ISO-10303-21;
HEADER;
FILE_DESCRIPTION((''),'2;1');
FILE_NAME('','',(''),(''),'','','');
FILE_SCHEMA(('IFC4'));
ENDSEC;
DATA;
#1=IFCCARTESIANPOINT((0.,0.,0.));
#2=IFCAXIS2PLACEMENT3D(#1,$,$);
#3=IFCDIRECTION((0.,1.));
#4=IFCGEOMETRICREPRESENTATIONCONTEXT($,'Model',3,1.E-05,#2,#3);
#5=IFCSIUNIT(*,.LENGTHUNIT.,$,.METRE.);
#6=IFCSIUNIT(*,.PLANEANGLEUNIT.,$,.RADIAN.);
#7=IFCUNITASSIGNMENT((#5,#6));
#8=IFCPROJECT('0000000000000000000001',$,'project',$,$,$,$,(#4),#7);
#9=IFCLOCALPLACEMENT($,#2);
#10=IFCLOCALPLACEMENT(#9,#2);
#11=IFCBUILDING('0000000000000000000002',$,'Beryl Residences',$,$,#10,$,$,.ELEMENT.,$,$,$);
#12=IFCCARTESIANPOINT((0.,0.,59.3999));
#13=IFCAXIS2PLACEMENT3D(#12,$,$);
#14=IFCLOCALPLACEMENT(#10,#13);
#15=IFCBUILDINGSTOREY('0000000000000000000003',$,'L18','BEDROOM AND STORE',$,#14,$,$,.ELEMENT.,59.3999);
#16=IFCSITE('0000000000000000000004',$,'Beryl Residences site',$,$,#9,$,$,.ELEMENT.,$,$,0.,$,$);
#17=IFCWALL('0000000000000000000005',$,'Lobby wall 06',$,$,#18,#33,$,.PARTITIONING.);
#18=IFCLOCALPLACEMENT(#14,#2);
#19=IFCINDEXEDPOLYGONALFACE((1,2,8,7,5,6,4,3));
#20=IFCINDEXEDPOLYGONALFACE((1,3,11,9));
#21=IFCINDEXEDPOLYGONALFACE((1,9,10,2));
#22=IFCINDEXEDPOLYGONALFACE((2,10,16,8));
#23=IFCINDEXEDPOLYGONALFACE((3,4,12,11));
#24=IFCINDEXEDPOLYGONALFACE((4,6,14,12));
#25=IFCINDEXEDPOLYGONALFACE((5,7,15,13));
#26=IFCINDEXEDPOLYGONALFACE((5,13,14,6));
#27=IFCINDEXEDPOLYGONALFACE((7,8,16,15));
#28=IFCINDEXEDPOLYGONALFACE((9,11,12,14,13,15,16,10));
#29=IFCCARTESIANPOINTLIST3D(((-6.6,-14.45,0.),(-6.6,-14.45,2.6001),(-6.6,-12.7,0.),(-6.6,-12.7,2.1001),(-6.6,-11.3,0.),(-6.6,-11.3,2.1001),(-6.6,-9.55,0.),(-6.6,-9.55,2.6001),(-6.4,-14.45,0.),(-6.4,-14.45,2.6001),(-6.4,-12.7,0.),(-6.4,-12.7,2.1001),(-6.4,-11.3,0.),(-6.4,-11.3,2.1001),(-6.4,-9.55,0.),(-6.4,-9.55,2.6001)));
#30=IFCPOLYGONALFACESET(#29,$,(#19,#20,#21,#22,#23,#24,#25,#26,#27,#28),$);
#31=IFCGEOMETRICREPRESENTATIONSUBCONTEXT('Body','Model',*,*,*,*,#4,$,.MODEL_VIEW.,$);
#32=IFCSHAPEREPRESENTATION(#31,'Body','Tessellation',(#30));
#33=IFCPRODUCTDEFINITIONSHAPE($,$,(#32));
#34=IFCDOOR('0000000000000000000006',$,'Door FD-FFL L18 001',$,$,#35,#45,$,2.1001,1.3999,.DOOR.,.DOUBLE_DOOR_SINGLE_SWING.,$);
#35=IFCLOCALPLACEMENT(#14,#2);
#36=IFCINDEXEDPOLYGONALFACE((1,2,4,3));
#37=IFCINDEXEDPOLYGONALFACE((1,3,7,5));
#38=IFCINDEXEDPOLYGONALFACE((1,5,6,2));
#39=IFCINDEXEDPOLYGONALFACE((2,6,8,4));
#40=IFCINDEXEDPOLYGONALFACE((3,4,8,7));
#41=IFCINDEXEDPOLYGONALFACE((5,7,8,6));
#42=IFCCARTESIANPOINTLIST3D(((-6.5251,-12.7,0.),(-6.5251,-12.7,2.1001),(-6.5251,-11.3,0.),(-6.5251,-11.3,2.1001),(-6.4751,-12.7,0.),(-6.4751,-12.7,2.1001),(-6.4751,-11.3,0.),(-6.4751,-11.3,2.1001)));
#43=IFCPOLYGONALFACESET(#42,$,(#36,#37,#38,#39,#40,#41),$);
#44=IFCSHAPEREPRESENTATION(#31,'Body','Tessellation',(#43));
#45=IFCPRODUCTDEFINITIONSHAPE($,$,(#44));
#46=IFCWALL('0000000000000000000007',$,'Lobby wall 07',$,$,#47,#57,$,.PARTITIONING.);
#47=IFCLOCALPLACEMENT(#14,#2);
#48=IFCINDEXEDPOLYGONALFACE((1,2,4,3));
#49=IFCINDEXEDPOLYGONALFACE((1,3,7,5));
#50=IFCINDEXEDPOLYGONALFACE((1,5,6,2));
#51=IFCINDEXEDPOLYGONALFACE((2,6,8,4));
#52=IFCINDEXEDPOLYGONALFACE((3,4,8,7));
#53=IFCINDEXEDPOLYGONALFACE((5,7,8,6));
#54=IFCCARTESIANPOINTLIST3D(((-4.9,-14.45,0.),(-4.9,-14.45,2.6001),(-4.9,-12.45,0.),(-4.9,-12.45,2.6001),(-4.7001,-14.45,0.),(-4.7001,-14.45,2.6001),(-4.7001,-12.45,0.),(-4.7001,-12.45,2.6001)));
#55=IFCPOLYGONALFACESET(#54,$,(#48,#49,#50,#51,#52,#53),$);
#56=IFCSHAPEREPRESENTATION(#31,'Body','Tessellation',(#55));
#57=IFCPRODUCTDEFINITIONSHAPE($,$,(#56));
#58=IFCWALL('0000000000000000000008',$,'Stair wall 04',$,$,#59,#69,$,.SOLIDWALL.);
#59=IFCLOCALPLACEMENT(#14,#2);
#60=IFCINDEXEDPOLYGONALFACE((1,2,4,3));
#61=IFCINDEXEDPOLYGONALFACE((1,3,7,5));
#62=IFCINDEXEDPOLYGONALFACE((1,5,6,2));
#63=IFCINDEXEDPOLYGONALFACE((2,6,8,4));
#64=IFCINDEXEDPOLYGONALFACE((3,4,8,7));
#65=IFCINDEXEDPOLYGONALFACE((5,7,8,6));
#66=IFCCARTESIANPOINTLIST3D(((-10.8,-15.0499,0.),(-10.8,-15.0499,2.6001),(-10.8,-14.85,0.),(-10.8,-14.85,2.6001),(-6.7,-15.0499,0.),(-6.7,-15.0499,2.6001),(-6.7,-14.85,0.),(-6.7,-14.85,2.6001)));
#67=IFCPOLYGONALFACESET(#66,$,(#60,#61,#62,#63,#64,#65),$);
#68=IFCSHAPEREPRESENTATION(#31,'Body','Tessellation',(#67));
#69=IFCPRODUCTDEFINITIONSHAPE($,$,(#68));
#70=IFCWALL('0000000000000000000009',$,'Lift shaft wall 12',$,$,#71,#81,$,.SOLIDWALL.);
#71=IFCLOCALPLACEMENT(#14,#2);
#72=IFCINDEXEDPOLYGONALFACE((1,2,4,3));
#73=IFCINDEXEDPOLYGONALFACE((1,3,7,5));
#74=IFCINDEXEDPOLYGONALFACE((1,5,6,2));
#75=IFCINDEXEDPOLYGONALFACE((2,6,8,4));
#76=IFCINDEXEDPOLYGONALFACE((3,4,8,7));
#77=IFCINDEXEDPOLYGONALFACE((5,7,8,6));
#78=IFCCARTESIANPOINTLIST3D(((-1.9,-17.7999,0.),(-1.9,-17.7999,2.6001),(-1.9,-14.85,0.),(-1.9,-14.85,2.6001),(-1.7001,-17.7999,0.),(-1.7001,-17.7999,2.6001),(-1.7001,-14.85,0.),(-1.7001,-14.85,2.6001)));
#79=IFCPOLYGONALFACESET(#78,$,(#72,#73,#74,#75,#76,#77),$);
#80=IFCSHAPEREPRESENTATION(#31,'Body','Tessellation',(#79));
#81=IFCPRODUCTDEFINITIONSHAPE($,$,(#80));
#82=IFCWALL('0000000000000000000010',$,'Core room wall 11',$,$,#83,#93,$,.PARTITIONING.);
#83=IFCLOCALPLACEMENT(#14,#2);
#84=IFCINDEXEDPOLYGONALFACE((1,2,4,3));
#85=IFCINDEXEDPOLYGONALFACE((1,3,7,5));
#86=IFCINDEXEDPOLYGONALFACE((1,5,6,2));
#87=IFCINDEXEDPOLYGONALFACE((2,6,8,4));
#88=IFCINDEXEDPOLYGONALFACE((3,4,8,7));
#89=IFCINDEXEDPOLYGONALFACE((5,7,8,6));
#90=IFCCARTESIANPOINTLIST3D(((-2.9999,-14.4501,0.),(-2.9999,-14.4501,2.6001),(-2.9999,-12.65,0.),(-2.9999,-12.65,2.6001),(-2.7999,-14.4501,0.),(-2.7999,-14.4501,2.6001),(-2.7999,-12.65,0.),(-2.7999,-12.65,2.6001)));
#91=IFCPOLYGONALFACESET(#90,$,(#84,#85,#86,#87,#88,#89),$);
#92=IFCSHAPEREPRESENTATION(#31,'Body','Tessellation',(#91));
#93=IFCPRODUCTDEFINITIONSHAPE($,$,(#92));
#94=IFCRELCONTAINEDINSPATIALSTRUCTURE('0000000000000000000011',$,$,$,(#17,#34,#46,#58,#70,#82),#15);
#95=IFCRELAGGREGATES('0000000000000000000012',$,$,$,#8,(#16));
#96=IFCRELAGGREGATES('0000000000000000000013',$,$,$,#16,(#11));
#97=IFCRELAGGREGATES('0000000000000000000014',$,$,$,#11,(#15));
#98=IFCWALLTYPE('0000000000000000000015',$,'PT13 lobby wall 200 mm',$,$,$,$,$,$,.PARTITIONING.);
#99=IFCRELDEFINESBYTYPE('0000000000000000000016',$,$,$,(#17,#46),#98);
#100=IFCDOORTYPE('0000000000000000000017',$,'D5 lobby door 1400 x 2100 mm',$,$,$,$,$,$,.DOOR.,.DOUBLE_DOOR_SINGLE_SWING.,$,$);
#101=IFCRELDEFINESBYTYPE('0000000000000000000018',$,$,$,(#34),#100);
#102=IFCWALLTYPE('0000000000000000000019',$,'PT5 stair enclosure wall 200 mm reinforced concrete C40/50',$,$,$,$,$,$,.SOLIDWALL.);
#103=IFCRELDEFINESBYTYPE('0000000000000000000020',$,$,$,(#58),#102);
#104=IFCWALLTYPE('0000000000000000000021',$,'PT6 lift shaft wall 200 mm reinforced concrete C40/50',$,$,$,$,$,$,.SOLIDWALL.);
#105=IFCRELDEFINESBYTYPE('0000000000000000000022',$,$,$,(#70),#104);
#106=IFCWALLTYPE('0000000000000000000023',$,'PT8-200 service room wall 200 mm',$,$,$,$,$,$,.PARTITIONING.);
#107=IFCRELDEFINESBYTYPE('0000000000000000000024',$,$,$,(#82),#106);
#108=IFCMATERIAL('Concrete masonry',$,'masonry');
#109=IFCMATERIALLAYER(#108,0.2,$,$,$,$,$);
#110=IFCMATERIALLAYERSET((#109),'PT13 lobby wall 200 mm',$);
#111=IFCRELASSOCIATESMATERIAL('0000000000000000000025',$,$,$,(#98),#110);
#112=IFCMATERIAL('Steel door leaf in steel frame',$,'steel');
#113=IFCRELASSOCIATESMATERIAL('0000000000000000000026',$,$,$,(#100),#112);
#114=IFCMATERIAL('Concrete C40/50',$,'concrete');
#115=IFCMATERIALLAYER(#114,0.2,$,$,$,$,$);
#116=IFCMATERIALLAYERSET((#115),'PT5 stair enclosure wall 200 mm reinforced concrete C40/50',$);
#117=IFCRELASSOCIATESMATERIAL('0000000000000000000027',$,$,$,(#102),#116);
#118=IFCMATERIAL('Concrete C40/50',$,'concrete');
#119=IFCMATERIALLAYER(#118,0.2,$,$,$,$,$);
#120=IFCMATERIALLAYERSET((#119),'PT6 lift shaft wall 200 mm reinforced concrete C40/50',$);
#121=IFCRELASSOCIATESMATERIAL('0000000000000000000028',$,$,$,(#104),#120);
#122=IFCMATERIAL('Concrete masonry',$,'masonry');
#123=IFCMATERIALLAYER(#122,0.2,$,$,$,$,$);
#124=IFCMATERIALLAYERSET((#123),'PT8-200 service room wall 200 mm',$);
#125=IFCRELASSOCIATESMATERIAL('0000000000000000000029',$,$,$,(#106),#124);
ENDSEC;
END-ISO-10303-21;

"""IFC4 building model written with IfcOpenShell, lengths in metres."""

from ifc_helpers import new_model, si_unit, direction, frame, frame_2d, origin, place, context, subcontext, project, spatial, rectangle, extrude, material, layer, layer_set, type_object, element, fill, save


model = new_model("IFC4")

# Units and contexts
model_context = context("Model", 3, precision=1e-05, world=origin(), true_north=direction((0.0, 1.0)))
body_context = subcontext(model_context, "Body", "Model", "MODEL_VIEW")
ifc_project = project(units=[si_unit("LENGTHUNIT", "METRE"), si_unit("PLANEANGLEUNIT", "RADIAN")], contexts=[model_context])

# Site, building, storey
site_placement = place(None, origin())
site = spatial("IfcSite", under=ifc_project, at=site_placement, Name="Beryl Residences site", CompositionType="ELEMENT", RefElevation=0.0)
building_placement = place(site_placement, origin())
building = spatial("IfcBuilding", under=site, at=building_placement, Name="Beryl Residences", CompositionType="ELEMENT")
storey_placement = place(building_placement, frame((0.0, 0.0, 59.3999)))
storey = spatial("IfcBuildingStorey", under=building, at=storey_placement, Name="L18", Description="BEDROOM AND STORE", CompositionType="ELEMENT", Elevation=59.3999)

# Wall, opening, door
ifc_material_1 = material(Name="Concrete masonry", Category="masonry")
ifc_layer_1 = layer(ifc_material_1, 0.2)
ifc_layer_set_1 = layer_set([ifc_layer_1], Name="PT13 lobby wall 200 mm")
wall_type_1 = type_object("IfcWallType", Name="PT13 lobby wall 200 mm", PredefinedType="PARTITIONING", material=ifc_layer_set_1)
wall_1_placement = place(storey_placement, frame((-6.5, -14.45, 0.0), z_axis=(0.0, 0.0, 1.0), x_axis=(0.0, 1.0, 0.0)))
wall_1 = element("IfcWall", 1, at=wall_1_placement, inside=storey, type_object=wall_type_1, Name="Lobby wall 06", PredefinedType="PARTITIONING", context=body_context, shape_type="SweptSolid", body=[
    extrude(rectangle(XDim=4.8999, YDim=0.2, at=frame_2d((2.45, 0.0))), origin(), (0.0, 0.0, 1.0), 2.6001),
])
opening_1_placement = place(wall_1_placement, frame((3.1499, 0.0, 0.0), z_axis=(0.0, 0.0, 1.0), x_axis=(-1.0, 0.0, 0.0)))
opening_1 = element("IfcOpeningElement", 2, at=opening_1_placement, cuts=wall_1, PredefinedType="OPENING", context=body_context, shape_type="SweptSolid", body=[
    extrude(rectangle(XDim=1.3999, YDim=2.1001, at=frame_2d((0.7, 1.05))), frame((0.0, 0.1099, 0.0), z_axis=(0.0, -1.0, 0.0), x_axis=(1.0, 0.0, 0.0)), (0.0, 0.0, 1.0), 0.22),
])
ifc_material_2 = material(Name="Steel door leaf in steel frame", Category="steel")
door_type_1 = type_object("IfcDoorType", Name="D5 lobby door 1400 x 2100 mm", OperationType="DOUBLE_DOOR_SINGLE_SWING", PredefinedType="DOOR", material=ifc_material_2)
door_1_placement = place(opening_1_placement, origin())
door_1 = element("IfcDoor", 3, at=door_1_placement, inside=storey, type_object=door_type_1, Name="Door FD-FFL L18 001", OperationType="DOUBLE_DOOR_SINGLE_SWING", OverallHeight=2.1001, OverallWidth=1.3999, PredefinedType="DOOR", context=body_context, shape_type="SweptSolid", body=[
    extrude(rectangle(XDim=1.3999, YDim=2.1001, at=frame_2d((0.7, 1.05))), frame((0.0, 0.0249, 0.0), z_axis=(0.0, -1.0, 0.0), x_axis=(1.0, 0.0, 0.0)), (0.0, 0.0, 1.0), 0.05),
])
fill(opening_1, door_1)

# Walls
wall_2_placement = place(storey_placement, frame((-4.8, -14.45, 0.0), z_axis=(0.0, 0.0, 1.0), x_axis=(0.0, 1.0, 0.0)))
element("IfcWall", 4, at=wall_2_placement, inside=storey, type_object=wall_type_1, Name="Lobby wall 07", PredefinedType="PARTITIONING", context=body_context, shape_type="SweptSolid", body=[
    extrude(rectangle(XDim=2.0, YDim=0.2, at=frame_2d((1.0, 0.0))), origin(), (0.0, 0.0, 1.0), 2.6001),
])
ifc_material_3 = material(Name="Concrete C40/50", Category="concrete")
ifc_layer_2 = layer(ifc_material_3, 0.2)
ifc_layer_set_2 = layer_set([ifc_layer_2], Name="PT5 stair enclosure wall 200 mm reinforced concrete C40/50")
wall_type_2 = type_object("IfcWallType", Name="PT5 stair enclosure wall 200 mm reinforced concrete C40/50", PredefinedType="SOLIDWALL", material=ifc_layer_set_2)
wall_3_placement = place(storey_placement, frame((-10.8, -14.95, 0.0), z_axis=(0.0, 0.0, 1.0), x_axis=(1.0, 0.0, 0.0)))
element("IfcWall", 5, at=wall_3_placement, inside=storey, type_object=wall_type_2, Name="Stair wall 04", PredefinedType="SOLIDWALL", context=body_context, shape_type="SweptSolid", body=[
    extrude(rectangle(XDim=4.1001, YDim=0.2, at=frame_2d((2.05, 0.0))), origin(), (0.0, 0.0, 1.0), 2.6001),
])
ifc_material_4 = material(Name="Concrete C40/50", Category="concrete")
ifc_layer_3 = layer(ifc_material_4, 0.2)
ifc_layer_set_3 = layer_set([ifc_layer_3], Name="PT6 lift shaft wall 200 mm reinforced concrete C40/50")
wall_type_3 = type_object("IfcWallType", Name="PT6 lift shaft wall 200 mm reinforced concrete C40/50", PredefinedType="SOLIDWALL", material=ifc_layer_set_3)
wall_4_placement = place(storey_placement, frame((-1.8, -17.8, 0.0), z_axis=(0.0, 0.0, 1.0), x_axis=(0.0, 1.0, 0.0)))
element("IfcWall", 6, at=wall_4_placement, inside=storey, type_object=wall_type_3, Name="Lift shaft wall 12", PredefinedType="SOLIDWALL", context=body_context, shape_type="SweptSolid", body=[
    extrude(rectangle(XDim=2.95, YDim=0.2, at=frame_2d((1.4751, 0.0))), origin(), (0.0, 0.0, 1.0), 2.6001),
])
ifc_material_5 = material(Name="Concrete masonry", Category="masonry")
ifc_layer_4 = layer(ifc_material_5, 0.2)
ifc_layer_set_4 = layer_set([ifc_layer_4], Name="PT8-200 service room wall 200 mm")
wall_type_4 = type_object("IfcWallType", Name="PT8-200 service room wall 200 mm", PredefinedType="PARTITIONING", material=ifc_layer_set_4)
wall_5_placement = place(storey_placement, frame((-2.8999, -14.45, 0.0), z_axis=(0.0, 0.0, 1.0), x_axis=(0.0, 1.0, 0.0)))
element("IfcWall", 7, at=wall_5_placement, inside=storey, type_object=wall_type_4, Name="Core room wall 11", PredefinedType="PARTITIONING", context=body_context, shape_type="SweptSolid", body=[
    extrude(rectangle(XDim=1.8, YDim=0.2, at=frame_2d((0.8999, 0.0))), origin(), (0.0, 0.0, 1.0), 2.6001),
])

save(model, "model.ifc")
